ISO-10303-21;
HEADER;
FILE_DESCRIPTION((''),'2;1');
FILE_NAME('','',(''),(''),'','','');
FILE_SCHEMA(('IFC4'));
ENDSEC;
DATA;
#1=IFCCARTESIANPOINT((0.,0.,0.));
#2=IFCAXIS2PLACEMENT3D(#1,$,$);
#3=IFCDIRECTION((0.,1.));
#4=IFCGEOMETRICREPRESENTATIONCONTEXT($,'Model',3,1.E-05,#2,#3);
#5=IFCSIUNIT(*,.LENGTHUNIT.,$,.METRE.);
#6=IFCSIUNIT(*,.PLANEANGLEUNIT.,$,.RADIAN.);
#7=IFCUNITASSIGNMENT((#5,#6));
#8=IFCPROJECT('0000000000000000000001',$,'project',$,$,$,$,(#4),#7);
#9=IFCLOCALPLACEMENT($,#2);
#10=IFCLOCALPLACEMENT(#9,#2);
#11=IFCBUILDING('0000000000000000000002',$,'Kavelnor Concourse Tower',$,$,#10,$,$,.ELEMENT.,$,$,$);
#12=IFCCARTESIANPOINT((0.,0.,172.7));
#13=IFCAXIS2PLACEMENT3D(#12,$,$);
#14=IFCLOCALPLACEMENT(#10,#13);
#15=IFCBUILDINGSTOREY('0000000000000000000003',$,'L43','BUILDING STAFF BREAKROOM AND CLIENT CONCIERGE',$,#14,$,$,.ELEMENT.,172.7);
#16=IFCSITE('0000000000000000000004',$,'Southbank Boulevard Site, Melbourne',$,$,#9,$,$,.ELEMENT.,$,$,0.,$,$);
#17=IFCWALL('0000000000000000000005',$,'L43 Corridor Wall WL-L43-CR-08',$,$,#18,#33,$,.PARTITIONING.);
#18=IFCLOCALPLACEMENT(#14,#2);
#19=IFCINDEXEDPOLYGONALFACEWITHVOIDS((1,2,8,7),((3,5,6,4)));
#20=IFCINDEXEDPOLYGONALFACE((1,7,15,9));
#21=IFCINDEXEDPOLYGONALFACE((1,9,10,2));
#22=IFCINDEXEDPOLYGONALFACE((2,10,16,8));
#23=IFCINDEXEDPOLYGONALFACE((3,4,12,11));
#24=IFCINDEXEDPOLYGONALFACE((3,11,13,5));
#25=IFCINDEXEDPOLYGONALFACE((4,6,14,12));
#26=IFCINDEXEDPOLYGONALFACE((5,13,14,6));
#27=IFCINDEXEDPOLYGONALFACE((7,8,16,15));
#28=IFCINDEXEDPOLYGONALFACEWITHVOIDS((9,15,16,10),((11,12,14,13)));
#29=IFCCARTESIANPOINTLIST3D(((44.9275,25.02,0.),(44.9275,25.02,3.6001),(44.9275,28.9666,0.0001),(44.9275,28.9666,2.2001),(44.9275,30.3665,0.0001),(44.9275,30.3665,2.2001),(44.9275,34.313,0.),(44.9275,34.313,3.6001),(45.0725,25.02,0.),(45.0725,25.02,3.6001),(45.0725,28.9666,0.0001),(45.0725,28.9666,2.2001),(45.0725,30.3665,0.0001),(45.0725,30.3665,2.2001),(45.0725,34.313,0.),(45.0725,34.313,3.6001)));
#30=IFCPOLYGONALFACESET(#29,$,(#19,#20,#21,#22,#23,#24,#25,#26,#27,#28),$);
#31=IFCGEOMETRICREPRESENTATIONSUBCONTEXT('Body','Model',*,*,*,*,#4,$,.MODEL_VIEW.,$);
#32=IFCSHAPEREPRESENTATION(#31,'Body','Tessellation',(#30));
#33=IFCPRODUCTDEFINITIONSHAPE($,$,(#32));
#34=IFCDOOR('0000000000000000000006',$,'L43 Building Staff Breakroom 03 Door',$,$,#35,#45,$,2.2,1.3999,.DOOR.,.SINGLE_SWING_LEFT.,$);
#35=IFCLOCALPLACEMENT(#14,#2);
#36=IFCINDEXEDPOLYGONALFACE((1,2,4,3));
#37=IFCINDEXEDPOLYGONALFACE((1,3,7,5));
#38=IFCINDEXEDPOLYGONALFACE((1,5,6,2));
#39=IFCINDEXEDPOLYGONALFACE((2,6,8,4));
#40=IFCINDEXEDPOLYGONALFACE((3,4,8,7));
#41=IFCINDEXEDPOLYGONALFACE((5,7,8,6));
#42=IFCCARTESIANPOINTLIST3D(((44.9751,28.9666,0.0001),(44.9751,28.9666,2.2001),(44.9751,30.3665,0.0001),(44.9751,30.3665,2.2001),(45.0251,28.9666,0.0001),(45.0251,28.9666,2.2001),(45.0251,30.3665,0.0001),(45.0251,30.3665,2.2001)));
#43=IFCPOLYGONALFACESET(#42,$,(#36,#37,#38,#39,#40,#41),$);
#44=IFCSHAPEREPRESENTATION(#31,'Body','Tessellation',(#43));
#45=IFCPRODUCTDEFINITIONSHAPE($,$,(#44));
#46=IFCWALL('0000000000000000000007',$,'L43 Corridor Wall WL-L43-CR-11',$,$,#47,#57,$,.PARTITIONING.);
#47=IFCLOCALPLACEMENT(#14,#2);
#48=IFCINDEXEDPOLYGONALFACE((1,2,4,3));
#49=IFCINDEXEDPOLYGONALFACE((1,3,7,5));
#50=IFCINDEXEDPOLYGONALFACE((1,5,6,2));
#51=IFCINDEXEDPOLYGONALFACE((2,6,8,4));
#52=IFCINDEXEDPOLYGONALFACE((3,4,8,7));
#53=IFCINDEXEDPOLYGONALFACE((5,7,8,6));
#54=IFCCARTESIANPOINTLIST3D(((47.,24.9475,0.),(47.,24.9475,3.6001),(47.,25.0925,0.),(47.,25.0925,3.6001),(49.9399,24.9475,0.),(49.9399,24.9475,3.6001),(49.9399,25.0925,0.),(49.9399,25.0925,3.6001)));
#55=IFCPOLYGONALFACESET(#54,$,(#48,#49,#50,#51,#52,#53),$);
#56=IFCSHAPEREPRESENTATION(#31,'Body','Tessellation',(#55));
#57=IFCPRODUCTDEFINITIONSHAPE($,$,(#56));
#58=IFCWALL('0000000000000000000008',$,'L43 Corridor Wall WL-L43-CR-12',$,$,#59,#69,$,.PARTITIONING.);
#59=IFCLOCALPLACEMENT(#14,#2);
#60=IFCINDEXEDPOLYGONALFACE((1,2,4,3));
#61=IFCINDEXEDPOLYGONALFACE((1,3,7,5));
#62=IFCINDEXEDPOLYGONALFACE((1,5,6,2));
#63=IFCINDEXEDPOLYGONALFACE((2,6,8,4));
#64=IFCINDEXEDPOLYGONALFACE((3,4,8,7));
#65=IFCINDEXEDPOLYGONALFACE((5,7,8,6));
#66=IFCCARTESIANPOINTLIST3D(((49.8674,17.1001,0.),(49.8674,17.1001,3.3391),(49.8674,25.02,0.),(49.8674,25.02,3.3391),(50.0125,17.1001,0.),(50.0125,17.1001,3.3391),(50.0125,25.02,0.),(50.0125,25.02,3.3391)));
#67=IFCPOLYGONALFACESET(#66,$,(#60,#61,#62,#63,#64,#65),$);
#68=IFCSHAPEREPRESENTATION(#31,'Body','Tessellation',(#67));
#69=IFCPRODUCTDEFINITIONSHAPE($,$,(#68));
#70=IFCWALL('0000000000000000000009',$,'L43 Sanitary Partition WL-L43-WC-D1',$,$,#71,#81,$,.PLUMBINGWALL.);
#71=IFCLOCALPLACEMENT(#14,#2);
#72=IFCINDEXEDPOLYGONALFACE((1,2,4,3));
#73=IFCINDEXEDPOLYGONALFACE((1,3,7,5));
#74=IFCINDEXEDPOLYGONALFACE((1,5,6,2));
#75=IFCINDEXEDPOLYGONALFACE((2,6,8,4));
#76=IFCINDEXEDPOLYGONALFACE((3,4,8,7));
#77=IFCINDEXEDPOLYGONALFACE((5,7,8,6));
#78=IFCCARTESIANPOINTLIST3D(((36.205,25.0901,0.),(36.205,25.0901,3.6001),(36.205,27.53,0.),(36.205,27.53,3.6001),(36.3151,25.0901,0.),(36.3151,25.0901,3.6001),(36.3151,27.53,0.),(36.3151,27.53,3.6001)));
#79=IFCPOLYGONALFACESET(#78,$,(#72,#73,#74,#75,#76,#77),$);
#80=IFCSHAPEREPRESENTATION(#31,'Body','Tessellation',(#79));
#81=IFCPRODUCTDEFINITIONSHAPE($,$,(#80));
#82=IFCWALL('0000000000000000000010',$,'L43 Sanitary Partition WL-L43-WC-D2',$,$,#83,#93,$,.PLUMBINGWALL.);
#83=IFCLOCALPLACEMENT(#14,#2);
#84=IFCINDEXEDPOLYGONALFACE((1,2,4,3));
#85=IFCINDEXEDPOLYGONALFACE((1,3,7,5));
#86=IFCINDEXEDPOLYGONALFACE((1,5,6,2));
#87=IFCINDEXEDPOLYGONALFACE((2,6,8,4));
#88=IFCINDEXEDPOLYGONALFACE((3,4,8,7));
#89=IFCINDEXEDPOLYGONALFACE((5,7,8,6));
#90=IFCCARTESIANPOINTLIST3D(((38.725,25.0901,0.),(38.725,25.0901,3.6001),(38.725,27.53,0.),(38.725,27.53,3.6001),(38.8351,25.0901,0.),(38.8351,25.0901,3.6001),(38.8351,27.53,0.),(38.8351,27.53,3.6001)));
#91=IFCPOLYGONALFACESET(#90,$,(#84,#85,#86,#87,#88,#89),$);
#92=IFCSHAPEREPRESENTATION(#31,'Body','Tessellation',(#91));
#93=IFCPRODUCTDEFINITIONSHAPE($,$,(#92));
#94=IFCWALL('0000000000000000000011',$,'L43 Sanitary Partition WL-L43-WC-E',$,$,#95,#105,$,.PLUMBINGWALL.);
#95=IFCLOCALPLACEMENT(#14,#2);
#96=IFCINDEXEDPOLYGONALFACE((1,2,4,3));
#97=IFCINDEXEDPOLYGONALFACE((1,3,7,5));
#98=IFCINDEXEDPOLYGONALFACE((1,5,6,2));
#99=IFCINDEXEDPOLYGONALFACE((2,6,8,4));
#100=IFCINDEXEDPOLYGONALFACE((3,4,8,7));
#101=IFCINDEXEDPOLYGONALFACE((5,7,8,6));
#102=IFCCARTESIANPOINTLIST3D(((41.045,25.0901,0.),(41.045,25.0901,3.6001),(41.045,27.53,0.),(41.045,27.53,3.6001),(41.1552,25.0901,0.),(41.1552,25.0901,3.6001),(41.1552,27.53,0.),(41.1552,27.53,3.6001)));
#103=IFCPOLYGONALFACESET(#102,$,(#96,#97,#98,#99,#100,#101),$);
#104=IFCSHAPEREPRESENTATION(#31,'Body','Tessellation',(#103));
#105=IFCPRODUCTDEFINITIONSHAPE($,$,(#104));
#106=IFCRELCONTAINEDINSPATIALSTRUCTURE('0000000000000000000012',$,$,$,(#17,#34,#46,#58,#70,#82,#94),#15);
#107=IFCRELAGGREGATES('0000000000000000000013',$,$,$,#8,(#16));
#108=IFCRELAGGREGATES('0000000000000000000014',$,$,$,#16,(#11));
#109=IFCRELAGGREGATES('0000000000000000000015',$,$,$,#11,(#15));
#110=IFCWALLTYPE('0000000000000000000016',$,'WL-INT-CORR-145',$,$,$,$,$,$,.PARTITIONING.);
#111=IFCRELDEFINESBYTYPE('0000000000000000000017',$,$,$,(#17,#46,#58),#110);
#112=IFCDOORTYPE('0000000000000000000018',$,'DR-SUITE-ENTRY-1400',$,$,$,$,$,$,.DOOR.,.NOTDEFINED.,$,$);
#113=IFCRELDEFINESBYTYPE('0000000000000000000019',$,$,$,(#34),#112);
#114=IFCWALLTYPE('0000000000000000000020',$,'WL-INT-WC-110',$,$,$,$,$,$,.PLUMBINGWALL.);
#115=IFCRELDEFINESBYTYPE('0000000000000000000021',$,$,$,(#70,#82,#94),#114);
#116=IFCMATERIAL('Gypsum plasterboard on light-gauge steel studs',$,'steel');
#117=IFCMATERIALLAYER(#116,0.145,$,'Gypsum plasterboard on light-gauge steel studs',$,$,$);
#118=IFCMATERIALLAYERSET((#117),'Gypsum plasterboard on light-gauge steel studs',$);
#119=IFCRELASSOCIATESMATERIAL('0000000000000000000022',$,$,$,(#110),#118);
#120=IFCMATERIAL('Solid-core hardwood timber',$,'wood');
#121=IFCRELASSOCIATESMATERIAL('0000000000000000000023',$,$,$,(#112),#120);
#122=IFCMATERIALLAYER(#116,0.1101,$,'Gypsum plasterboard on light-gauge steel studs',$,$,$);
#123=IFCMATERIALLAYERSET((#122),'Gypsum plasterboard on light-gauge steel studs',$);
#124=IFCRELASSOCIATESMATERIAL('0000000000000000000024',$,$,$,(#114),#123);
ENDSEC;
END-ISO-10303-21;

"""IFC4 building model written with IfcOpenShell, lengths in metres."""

from ifc_helpers import new_model, si_unit, direction, frame, frame_2d, origin, place, context, subcontext, project, spatial, rectangle, extrude, material, layer, layer_set, type_object, element, fill, save


model = new_model("IFC4")

# Units and contexts
model_context = context("Model", 3, precision=1e-05, world=origin(), true_north=direction((0.0, 1.0)))
body_context = subcontext(model_context, "Body", "Model", "MODEL_VIEW")
ifc_project = project(units=[si_unit("LENGTHUNIT", "METRE"), si_unit("PLANEANGLEUNIT", "RADIAN")], contexts=[model_context])

# Site, building, storey
site_placement = place(None, origin())
site = spatial("IfcSite", under=ifc_project, at=site_placement, Name="Southbank Boulevard Site, Melbourne", CompositionType="ELEMENT", RefElevation=0.0)
building_placement = place(site_placement, origin())
building = spatial("IfcBuilding", under=site, at=building_placement, Name="Kavelnor Concourse Tower", CompositionType="ELEMENT")
storey_placement = place(building_placement, frame((0.0, 0.0, 172.7)))
storey = spatial("IfcBuildingStorey", under=building, at=storey_placement, Name="L43", Description="BUILDING STAFF BREAKROOM AND CLIENT CONCIERGE", CompositionType="ELEMENT", Elevation=172.7)

# Wall, opening, door
ifc_material_1 = material(Name="Gypsum plasterboard on light-gauge steel studs", Category="steel")
ifc_layer_1 = layer(ifc_material_1, 0.145, Name="Gypsum plasterboard on light-gauge steel studs")
ifc_layer_set_1 = layer_set([ifc_layer_1], Name="Gypsum plasterboard on light-gauge steel studs")
wall_type_1 = type_object("IfcWallType", Name="WL-INT-CORR-145", PredefinedType="PARTITIONING", material=ifc_layer_set_1)
wall_1_placement = place(storey_placement, frame((45.0, 25.02, 0.0), z_axis=(0.0, 0.0, 1.0), x_axis=(0.0, 1.0, 0.0)))
wall_1 = element("IfcWall", 1, at=wall_1_placement, inside=storey, type_object=wall_type_1, Name="L43 Corridor Wall WL-L43-CR-08", PredefinedType="PARTITIONING", context=body_context, shape_type="SweptSolid", body=[
    extrude(rectangle(XDim=9.293, YDim=0.145, at=frame_2d((4.6465, 0.0))), origin(), (0.0, 0.0, 1.0), 3.6001),
])
opening_placement = place(wall_1_placement, frame((3.9465, 0.0, 0.0)))
opening = element("IfcOpeningElement", 2, at=opening_placement, cuts=wall_1, PredefinedType="OPENING", context=body_context, shape_type="SweptSolid", body=[
    extrude(rectangle(XDim=1.3999, YDim=2.2, at=frame_2d((0.7, 1.1001))), frame((0.0, 0.0825, 0.0), z_axis=(0.0, -1.0, 0.0), x_axis=(1.0, 0.0, 0.0)), (0.0, 0.0, 1.0), 0.165),
])
ifc_material_2 = material(Name="Solid-core hardwood timber", Category="wood")
door_type = type_object("IfcDoorType", Name="DR-SUITE-ENTRY-1400", OperationType="NOTDEFINED", PredefinedType="DOOR", material=ifc_material_2)
door_placement = place(opening_placement, origin())
door = element("IfcDoor", 3, at=door_placement, inside=storey, type_object=door_type, Name="L43 Building Staff Breakroom 03 Door", OperationType="SINGLE_SWING_LEFT", OverallHeight=2.2, OverallWidth=1.3999, PredefinedType="DOOR", context=body_context, shape_type="SweptSolid", body=[
    extrude(rectangle(XDim=1.3999, YDim=2.2, at=frame_2d((0.7, 1.1001))), frame((0.0, 0.0249, 0.0), z_axis=(0.0, -1.0, 0.0), x_axis=(1.0, 0.0, 0.0)), (0.0, 0.0, 1.0), 0.05),
])
fill(opening, door)

# Walls
wall_2_placement = place(storey_placement, frame((47.0, 25.02, 0.0), z_axis=(0.0, 0.0, 1.0), x_axis=(1.0, 0.0, 0.0)))
element("IfcWall", 4, at=wall_2_placement, inside=storey, type_object=wall_type_1, Name="L43 Corridor Wall WL-L43-CR-11", PredefinedType="PARTITIONING", context=body_context, shape_type="SweptSolid", body=[
    extrude(rectangle(XDim=2.9399, YDim=0.145, at=frame_2d((1.47, 0.0))), origin(), (0.0, 0.0, 1.0), 3.6001),
])
wall_3_placement = place(storey_placement, frame((49.9399, 25.02, 0.0), z_axis=(0.0, 0.0, 1.0), x_axis=(0.0, -1.0, 0.0)))
element("IfcWall", 5, at=wall_3_placement, inside=storey, type_object=wall_type_1, Name="L43 Corridor Wall WL-L43-CR-12", PredefinedType="PARTITIONING", context=body_context, shape_type="SweptSolid", body=[
    extrude(rectangle(XDim=7.9199, YDim=0.145, at=frame_2d((3.96, 0.0))), origin(), (0.0, 0.0, 1.0), 3.3391),
])
ifc_layer_2 = layer(ifc_material_1, 0.1101, Name="Gypsum plasterboard on light-gauge steel studs")
ifc_layer_set_2 = layer_set([ifc_layer_2], Name="Gypsum plasterboard on light-gauge steel studs")
wall_type_2 = type_object("IfcWallType", Name="WL-INT-WC-110", PredefinedType="PLUMBINGWALL", material=ifc_layer_set_2)
for number, where, z_axis, x_axis, name in (
    (6, (36.26, 25.0901, 0.0), (0.0, 0.0, 1.0), (0.0, 1.0, 0.0), "L43 Sanitary Partition WL-L43-WC-D1"),
    (7, (38.78, 25.0901, 0.0), (0.0, 0.0, 1.0), (0.0, 1.0, 0.0), "L43 Sanitary Partition WL-L43-WC-D2"),
    (8, (41.1001, 25.0901, 0.0), (0.0, 0.0, 1.0), (0.0, 1.0, 0.0), "L43 Sanitary Partition WL-L43-WC-E"),
):
    element("IfcWall", number, at=place(storey_placement, frame(where, z_axis=z_axis, x_axis=x_axis)), inside=storey, type_object=wall_type_2, Name=name, PredefinedType="PLUMBINGWALL", context=body_context, shape_type="SweptSolid", body=[
        extrude(rectangle(XDim=2.4399, YDim=0.1101, at=frame_2d((1.22, 0.0))), origin(), (0.0, 0.0, 1.0), 3.6001),
    ])

save(model, "model.ifc")
